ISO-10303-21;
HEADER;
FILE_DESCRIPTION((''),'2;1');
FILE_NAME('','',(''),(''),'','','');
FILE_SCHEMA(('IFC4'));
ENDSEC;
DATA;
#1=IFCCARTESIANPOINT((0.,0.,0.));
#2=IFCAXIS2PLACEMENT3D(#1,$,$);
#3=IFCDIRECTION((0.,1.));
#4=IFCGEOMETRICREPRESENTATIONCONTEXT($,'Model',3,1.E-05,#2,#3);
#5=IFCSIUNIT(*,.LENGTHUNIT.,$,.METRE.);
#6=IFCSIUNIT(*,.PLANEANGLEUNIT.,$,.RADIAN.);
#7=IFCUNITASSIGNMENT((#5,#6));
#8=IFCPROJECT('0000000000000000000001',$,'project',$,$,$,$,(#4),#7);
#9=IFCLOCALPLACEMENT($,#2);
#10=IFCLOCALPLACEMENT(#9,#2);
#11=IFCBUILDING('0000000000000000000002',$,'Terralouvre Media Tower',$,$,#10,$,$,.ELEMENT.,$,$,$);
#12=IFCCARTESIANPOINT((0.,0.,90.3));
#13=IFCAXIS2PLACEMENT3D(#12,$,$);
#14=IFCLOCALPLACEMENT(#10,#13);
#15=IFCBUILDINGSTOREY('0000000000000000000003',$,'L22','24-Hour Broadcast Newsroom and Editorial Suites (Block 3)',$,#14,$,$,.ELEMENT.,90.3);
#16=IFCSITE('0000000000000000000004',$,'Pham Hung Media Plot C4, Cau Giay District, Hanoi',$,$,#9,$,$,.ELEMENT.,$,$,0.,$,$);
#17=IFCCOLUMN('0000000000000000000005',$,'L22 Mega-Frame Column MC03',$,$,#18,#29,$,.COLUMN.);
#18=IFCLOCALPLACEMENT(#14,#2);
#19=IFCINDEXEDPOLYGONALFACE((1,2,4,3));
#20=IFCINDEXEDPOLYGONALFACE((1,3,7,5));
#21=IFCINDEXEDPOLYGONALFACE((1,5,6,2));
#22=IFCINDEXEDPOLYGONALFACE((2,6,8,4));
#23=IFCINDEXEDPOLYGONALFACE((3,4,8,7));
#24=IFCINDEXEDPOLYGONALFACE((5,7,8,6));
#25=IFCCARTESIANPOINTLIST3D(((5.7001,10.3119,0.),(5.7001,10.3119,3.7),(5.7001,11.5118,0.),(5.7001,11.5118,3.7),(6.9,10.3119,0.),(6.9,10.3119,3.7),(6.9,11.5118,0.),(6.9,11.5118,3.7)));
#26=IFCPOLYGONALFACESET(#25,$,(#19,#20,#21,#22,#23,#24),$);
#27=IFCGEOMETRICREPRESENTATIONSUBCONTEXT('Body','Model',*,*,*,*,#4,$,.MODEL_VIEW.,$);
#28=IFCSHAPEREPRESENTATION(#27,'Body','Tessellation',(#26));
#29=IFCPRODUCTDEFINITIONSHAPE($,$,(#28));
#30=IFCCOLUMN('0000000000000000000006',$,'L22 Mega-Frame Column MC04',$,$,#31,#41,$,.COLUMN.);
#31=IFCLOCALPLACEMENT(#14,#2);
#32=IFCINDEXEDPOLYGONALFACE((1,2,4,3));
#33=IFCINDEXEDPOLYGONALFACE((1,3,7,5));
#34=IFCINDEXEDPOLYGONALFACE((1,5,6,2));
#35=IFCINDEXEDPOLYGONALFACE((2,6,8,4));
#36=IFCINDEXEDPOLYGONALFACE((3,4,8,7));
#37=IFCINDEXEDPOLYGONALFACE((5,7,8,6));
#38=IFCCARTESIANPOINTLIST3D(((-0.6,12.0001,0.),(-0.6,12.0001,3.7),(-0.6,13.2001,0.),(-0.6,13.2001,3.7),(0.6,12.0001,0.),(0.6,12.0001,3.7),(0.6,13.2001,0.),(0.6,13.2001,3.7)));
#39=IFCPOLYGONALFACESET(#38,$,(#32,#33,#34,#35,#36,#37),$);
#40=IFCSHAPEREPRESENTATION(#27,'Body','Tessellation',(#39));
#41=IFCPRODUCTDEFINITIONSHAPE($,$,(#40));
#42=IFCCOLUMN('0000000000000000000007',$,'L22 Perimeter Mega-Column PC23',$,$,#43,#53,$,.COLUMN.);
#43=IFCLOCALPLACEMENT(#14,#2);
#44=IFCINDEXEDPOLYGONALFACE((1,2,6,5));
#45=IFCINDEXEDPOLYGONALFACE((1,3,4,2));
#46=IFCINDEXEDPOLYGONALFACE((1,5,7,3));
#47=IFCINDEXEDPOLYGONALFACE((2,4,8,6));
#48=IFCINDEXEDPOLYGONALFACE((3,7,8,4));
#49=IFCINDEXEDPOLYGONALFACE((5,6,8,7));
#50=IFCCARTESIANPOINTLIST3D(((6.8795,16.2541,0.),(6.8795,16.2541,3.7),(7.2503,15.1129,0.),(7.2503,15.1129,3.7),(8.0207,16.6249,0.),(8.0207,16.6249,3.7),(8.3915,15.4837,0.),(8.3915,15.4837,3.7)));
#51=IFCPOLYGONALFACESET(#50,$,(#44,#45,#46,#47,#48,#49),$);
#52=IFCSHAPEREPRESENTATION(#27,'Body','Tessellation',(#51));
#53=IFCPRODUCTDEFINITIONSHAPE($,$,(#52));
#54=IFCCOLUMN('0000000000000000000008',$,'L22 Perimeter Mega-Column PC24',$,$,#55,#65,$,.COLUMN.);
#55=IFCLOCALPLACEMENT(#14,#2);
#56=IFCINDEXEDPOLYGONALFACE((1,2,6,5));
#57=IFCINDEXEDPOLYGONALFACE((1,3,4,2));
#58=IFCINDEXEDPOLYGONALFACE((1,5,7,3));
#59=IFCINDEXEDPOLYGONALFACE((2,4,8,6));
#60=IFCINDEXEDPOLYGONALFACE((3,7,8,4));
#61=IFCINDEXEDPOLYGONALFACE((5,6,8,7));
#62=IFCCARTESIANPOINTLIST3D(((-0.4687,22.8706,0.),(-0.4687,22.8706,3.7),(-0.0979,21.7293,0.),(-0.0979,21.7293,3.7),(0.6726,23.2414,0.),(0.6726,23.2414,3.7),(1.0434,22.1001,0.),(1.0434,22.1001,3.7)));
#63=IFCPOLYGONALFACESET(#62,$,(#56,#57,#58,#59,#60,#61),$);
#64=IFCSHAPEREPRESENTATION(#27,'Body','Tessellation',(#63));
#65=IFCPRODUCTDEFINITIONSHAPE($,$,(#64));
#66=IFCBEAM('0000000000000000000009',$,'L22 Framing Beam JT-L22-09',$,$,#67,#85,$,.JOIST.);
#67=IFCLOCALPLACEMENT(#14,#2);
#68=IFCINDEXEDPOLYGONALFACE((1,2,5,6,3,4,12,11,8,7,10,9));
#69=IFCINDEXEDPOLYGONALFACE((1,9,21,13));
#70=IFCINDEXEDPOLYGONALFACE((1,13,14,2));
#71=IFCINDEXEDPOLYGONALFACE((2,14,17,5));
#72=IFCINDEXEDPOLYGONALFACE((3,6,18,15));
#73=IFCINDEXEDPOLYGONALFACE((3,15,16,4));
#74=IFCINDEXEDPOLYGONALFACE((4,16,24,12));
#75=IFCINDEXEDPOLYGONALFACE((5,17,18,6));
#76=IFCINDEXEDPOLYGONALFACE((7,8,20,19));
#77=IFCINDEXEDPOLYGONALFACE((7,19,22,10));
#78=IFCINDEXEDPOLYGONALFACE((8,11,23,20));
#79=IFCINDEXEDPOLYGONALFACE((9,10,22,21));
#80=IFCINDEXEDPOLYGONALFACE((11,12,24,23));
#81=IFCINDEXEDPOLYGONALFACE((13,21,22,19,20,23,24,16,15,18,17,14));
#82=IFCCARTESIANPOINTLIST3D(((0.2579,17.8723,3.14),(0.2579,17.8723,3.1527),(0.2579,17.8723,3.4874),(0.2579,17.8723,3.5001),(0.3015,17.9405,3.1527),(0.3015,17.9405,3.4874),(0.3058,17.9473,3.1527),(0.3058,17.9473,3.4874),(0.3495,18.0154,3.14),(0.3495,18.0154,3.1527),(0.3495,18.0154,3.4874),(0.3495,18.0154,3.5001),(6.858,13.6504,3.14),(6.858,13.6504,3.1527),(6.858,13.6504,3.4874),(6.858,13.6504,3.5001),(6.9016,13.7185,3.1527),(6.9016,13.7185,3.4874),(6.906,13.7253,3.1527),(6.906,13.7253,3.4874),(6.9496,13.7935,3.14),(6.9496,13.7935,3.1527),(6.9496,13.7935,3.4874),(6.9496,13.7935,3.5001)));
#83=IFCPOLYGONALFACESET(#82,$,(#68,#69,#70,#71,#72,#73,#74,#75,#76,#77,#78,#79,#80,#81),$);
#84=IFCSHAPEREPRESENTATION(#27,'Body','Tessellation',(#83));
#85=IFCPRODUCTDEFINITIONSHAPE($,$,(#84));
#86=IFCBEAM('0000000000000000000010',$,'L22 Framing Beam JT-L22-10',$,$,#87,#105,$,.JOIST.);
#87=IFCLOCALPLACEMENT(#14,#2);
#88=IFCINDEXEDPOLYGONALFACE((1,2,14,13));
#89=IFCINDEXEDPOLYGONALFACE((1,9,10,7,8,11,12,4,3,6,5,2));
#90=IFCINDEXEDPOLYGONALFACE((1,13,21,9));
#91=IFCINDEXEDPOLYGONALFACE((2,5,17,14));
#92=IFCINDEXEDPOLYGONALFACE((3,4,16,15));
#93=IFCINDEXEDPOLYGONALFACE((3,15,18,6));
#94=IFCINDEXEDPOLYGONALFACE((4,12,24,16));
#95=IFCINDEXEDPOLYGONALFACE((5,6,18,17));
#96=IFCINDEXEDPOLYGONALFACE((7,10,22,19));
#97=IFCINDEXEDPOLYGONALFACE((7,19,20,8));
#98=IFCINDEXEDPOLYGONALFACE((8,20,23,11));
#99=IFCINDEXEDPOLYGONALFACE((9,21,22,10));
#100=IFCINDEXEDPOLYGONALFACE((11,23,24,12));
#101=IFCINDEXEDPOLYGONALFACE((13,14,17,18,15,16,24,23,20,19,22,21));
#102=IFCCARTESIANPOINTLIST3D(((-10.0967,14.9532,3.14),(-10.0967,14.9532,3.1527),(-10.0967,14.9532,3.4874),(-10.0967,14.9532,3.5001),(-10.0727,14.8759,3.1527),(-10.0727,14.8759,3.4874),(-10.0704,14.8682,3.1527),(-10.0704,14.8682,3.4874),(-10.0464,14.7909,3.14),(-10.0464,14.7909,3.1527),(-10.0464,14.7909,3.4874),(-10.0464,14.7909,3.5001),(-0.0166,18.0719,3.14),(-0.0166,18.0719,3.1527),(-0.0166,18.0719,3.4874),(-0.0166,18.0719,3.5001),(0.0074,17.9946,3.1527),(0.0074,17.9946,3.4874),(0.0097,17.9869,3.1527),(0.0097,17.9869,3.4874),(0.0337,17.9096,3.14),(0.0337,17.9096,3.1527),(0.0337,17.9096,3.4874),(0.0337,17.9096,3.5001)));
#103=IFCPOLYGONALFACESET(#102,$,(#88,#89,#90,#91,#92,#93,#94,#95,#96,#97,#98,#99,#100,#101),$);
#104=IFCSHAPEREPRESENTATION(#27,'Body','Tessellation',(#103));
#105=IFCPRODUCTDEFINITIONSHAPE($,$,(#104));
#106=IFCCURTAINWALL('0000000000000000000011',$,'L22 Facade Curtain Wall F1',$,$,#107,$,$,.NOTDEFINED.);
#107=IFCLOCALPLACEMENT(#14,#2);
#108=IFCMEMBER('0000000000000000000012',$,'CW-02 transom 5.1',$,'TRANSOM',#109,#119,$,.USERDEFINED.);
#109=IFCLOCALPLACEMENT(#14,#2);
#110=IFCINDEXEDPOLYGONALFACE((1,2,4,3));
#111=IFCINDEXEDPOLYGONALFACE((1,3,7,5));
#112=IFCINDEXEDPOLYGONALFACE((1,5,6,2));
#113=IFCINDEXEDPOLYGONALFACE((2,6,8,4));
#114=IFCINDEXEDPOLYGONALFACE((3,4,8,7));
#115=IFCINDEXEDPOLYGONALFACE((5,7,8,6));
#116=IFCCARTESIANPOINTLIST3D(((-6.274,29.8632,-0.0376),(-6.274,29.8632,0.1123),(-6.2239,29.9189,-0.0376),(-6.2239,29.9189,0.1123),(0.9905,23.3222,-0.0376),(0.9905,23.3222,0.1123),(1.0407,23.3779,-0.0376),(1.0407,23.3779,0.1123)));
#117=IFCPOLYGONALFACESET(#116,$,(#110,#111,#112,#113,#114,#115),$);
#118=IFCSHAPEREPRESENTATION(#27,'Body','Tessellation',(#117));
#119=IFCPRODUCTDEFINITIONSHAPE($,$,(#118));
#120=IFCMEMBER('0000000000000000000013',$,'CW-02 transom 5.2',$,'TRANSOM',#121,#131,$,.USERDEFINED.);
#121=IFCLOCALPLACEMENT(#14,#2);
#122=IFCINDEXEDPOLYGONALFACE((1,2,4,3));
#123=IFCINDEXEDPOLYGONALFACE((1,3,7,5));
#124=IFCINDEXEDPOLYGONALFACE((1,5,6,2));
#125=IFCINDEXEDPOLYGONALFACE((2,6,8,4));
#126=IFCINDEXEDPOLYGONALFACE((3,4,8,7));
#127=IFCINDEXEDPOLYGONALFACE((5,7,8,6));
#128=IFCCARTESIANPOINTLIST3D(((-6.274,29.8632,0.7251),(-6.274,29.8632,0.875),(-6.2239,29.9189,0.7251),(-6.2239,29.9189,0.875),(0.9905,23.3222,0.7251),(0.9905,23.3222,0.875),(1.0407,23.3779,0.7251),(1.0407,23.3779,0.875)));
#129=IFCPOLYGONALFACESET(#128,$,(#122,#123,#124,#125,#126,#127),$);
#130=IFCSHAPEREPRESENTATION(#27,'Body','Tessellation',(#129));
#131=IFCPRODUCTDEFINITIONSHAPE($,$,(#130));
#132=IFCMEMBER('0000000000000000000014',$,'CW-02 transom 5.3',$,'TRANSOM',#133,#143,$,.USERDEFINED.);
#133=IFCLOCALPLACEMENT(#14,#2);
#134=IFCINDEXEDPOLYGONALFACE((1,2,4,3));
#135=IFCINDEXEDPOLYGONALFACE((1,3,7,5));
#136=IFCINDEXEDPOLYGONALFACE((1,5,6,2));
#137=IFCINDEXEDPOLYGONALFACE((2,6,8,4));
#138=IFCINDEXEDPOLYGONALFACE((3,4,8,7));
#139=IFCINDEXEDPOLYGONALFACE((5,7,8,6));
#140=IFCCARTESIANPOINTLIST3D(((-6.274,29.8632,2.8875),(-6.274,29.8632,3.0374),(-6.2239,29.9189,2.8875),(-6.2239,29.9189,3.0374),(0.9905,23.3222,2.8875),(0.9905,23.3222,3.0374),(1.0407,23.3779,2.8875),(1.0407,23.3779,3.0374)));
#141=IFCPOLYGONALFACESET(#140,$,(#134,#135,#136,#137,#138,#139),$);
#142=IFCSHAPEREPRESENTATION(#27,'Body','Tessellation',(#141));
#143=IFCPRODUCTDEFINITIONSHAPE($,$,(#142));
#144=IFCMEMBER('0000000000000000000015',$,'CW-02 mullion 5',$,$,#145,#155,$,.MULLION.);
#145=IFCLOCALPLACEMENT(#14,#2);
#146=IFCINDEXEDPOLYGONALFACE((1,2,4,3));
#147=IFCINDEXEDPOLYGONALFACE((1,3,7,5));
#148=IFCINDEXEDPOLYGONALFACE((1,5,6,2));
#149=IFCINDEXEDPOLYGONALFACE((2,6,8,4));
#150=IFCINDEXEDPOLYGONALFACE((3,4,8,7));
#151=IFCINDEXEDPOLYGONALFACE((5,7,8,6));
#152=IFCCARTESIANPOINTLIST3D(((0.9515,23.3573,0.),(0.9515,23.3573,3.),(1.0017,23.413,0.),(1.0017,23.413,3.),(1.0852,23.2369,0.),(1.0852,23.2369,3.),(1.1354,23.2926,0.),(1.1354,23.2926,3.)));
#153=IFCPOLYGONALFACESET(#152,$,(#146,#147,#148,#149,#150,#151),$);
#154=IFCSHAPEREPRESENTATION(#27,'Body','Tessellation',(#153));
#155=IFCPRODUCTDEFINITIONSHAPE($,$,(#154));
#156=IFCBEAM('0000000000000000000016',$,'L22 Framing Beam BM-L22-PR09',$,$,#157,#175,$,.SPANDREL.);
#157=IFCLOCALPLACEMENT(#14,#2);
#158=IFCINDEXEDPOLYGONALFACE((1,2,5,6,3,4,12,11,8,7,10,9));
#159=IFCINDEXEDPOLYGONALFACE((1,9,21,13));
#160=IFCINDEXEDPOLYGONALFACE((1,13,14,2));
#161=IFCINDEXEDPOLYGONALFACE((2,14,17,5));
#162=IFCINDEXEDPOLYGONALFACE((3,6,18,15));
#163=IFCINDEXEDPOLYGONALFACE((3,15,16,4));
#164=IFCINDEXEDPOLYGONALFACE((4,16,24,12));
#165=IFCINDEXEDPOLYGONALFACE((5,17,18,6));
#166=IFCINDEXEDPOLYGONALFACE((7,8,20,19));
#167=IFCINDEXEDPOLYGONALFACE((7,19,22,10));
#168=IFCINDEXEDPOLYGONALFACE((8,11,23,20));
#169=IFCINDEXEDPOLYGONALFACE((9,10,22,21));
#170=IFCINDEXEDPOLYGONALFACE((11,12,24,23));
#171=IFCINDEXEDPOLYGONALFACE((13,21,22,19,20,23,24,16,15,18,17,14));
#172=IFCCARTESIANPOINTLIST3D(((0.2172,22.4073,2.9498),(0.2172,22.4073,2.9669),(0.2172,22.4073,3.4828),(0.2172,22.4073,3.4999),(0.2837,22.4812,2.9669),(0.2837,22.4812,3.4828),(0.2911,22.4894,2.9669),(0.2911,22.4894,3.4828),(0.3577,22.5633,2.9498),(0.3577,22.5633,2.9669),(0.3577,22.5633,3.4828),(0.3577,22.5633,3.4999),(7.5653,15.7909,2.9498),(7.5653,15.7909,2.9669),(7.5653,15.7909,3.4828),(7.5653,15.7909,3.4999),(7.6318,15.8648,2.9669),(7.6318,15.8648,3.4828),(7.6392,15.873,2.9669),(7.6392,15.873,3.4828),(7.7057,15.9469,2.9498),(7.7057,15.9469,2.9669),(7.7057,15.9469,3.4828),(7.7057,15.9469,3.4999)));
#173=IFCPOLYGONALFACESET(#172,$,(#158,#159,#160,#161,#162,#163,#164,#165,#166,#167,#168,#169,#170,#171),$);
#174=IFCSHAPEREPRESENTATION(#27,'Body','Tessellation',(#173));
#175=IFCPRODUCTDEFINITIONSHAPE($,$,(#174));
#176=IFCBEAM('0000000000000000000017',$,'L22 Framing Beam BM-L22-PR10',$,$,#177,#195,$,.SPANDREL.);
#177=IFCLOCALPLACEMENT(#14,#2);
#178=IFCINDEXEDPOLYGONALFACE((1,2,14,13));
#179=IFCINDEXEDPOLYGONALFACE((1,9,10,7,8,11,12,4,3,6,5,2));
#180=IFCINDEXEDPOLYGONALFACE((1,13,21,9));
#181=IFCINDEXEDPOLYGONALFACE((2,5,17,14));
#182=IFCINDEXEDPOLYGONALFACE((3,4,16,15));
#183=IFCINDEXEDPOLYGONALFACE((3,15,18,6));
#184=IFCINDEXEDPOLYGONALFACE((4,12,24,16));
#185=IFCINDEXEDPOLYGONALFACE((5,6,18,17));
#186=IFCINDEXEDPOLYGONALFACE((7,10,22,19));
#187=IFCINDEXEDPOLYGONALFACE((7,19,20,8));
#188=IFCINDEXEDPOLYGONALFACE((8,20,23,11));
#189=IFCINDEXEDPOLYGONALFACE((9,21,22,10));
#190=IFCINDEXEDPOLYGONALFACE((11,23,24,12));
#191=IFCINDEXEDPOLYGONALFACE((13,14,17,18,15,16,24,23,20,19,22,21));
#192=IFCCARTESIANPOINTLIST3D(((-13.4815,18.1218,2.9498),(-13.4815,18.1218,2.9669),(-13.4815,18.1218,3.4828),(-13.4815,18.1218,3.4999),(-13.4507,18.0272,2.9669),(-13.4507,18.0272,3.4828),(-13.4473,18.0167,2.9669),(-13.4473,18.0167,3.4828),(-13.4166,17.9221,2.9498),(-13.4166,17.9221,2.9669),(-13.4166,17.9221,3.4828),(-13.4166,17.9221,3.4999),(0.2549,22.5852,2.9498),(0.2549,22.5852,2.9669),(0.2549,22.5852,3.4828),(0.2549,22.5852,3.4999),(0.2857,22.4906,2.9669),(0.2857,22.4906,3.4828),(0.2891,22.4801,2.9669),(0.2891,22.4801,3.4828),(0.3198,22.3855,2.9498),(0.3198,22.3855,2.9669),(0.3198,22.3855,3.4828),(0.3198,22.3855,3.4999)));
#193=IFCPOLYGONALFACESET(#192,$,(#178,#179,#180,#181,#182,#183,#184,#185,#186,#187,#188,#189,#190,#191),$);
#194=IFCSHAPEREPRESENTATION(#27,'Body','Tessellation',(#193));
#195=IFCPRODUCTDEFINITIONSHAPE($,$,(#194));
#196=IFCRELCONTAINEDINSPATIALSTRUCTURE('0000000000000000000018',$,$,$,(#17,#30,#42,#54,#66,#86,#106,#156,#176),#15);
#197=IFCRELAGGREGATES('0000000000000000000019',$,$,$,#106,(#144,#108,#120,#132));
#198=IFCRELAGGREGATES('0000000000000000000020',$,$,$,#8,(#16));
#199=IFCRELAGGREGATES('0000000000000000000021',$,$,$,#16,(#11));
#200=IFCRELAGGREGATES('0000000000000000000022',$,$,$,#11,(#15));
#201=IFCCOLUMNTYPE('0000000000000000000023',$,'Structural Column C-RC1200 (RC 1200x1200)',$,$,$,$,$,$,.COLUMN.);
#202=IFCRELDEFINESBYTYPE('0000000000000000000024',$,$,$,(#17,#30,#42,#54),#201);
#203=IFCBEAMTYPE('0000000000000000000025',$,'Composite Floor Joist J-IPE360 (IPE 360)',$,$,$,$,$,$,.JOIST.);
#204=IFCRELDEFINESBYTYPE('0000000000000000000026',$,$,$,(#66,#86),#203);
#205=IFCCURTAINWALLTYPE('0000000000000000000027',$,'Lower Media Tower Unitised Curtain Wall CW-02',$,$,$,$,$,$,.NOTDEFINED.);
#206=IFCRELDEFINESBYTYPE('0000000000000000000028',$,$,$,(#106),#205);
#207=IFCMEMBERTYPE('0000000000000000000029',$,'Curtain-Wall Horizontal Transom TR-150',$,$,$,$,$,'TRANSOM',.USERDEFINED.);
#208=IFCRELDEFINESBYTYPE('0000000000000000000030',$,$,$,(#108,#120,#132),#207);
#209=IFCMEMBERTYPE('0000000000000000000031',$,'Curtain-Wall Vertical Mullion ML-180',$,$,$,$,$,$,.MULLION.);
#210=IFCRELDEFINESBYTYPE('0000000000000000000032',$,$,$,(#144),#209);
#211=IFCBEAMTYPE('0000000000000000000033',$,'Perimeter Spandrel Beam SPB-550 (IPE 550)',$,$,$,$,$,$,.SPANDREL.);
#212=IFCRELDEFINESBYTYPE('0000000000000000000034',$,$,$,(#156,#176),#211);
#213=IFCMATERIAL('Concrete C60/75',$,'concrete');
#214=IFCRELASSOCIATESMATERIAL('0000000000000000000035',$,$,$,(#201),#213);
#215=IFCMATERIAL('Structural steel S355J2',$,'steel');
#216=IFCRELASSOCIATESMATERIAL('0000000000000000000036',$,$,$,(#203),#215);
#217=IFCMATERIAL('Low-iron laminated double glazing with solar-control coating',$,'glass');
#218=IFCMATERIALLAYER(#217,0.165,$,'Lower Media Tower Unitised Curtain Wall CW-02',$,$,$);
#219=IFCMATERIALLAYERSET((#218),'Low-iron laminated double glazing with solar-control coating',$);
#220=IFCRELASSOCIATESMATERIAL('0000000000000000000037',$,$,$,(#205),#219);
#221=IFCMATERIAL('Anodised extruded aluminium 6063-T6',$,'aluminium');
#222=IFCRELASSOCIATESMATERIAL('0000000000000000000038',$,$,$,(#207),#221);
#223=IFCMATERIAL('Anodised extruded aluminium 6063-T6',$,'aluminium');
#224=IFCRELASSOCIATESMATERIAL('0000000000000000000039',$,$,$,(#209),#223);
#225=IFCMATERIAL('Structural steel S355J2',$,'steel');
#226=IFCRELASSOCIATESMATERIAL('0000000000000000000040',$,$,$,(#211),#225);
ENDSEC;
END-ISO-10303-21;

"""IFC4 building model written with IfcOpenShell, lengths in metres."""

from ifc_helpers import new_model, si_unit, direction, frame, origin, origin_2d, place, context, subcontext, project, spatial, rectangle, i_section, extrude, material, layer, layer_set, material_profile, profile_set, type_object, element, aggregate, save


model = new_model("IFC4")

# Units and contexts
model_context = context("Model", 3, precision=1e-05, world=origin(), true_north=direction((0.0, 1.0)))
body_context = subcontext(model_context, "Body", "Model", "MODEL_VIEW")
ifc_project = project(units=[si_unit("LENGTHUNIT", "METRE"), si_unit("PLANEANGLEUNIT", "RADIAN")], contexts=[model_context])

# Site, building, storey
site_placement = place(None, origin())
site = spatial("IfcSite", under=ifc_project, at=site_placement, Name="Pham Hung Media Plot C4, Cau Giay District, Hanoi", CompositionType="ELEMENT", RefElevation=0.0)
building_placement = place(site_placement, origin())
building = spatial("IfcBuilding", under=site, at=building_placement, Name="Terralouvre Media Tower", CompositionType="ELEMENT")
storey_placement = place(building_placement, frame((0.0, 0.0, 90.3)))
storey = spatial("IfcBuildingStorey", under=building, at=storey_placement, Name="L22", Description="24-Hour Broadcast Newsroom and Editorial Suites (Block 3)", CompositionType="ELEMENT", Elevation=90.3)

# Columns
ifc_material_1 = material(Name="Concrete C60/75", Category="concrete")
ifc_material_profile_1 = material_profile(ifc_material_1, rectangle(XDim=1.2, YDim=1.2, at=origin_2d()), Name="RC 1200x1200")
ifc_profile_set_1 = profile_set([ifc_material_profile_1], Name="Concrete C60/75")
column_type = type_object("IfcColumnType", Name="Structural Column C-RC1200 (RC 1200x1200)", PredefinedType="COLUMN", material=ifc_profile_set_1)
for number, where, z_axis, x_axis, name in (
    (1, (6.3, 10.9119, 0.0), (0.0, 0.0, 1.0), (1.0, 0.0, 0.0), "L22 Mega-Frame Column MC03"),
    (2, (0.0, 12.6001, 0.0), (0.0, 0.0, 1.0), (1.0, 0.0, 0.0), "L22 Mega-Frame Column MC04"),
    (3, (7.6355, 15.8689, 0.0), (0.0, 0.0, 1.0), (0.951057, 0.309017, 0.0), "L22 Perimeter Mega-Column PC23"),
    (4, (0.2874, 22.4854, 0.0), (0.0, 0.0, 1.0), (0.951057, 0.309017, 0.0), "L22 Perimeter Mega-Column PC24"),
):
    element("IfcColumn", number, at=place(storey_placement, frame(where, z_axis=z_axis, x_axis=x_axis)), inside=storey, type_object=column_type, Name=name, PredefinedType="COLUMN", context=body_context, shape_type="SweptSolid", body=[
        extrude(rectangle(XDim=1.2, YDim=1.2, at=origin_2d()), origin(), (0.0, 0.0, 1.0), 3.7),
    ])

# Beams
ifc_material_2 = material(Name="Structural steel S355J2", Category="steel")
ifc_material_profile_2 = material_profile(ifc_material_2, i_section(OverallWidth=0.1699, OverallDepth=0.3601, WebThickness=0.0081, FlangeThickness=0.0127, at=origin_2d()), Name="IPE 360")
ifc_profile_set_2 = profile_set([ifc_material_profile_2], Name="Structural steel S355J2")
beam_type_1 = type_object("IfcBeamType", Name="Composite Floor Joist J-IPE360 (IPE 360)", PredefinedType="JOIST", material=ifc_profile_set_2)
beam_1_placement = place(storey_placement, frame((6.9038, 13.7219, 3.3201), z_axis=(-0.842395, 0.53886, 0.0), x_axis=(-0.53886, -0.842395, 0.0)))
element("IfcBeam", 5, at=beam_1_placement, inside=storey, type_object=beam_type_1, Name="L22 Framing Beam JT-L22-09", PredefinedType="JOIST", context=body_context, shape_type="SweptSolid", body=[
    extrude(i_section(OverallWidth=0.1699, OverallDepth=0.3601, WebThickness=0.0081, FlangeThickness=0.0127, at=origin_2d()), origin(), (0.0, 0.0, 1.0), 7.835),
])
beam_2_placement = place(storey_placement, frame((0.0085, 17.9907, 3.3201), z_axis=(-0.955323, -0.295565, 0.0), x_axis=(0.295565, -0.955323, 0.0)))
element("IfcBeam", 6, at=beam_2_placement, inside=storey, type_object=beam_type_1, Name="L22 Framing Beam JT-L22-10", PredefinedType="JOIST", context=body_context, shape_type="SweptSolid", body=[
    extrude(i_section(OverallWidth=0.1699, OverallDepth=0.3601, WebThickness=0.0081, FlangeThickness=0.0127, at=origin_2d()), origin(), (0.0, 0.0, 1.0), 10.5515),
])

# Curtain wall, members
ifc_material_3 = material(Name="Low-iron laminated double glazing with solar-control coating", Category="glass")
ifc_layer_1 = layer(ifc_material_3, 0.165, Name="Lower Media Tower Unitised Curtain Wall CW-02")
ifc_layer_set_1 = layer_set([ifc_layer_1], Name="Low-iron laminated double glazing with solar-control coating")
curtain_wall_type = type_object("IfcCurtainWallType", Name="Lower Media Tower Unitised Curtain Wall CW-02", PredefinedType="NOTDEFINED", material=ifc_layer_set_1)
curtain_wall_placement = place(storey_placement, origin())
curtain_wall = element("IfcCurtainWall", 7, at=curtain_wall_placement, inside=storey, type_object=curtain_wall_type, Name="L22 Facade Curtain Wall F1", PredefinedType="NOTDEFINED")
ifc_material_4 = material(Name="Anodised extruded aluminium 6063-T6", Category="aluminium")
ifc_material_profile_3 = material_profile(ifc_material_4, rectangle(XDim=0.075, YDim=0.1499, at=origin_2d()), Name="ALU 75x150")
ifc_profile_set_3 = profile_set([ifc_material_profile_3], Name="Anodised extruded aluminium 6063-T6")
member_type_1 = type_object("IfcMemberType", Name="Curtain-Wall Horizontal Transom TR-150", ElementType="TRANSOM", PredefinedType="USERDEFINED", material=ifc_profile_set_3)
member_1_placement = place(storey_placement, frame((1.0156, 23.3501, 0.0374), z_axis=(-0.74315, 0.669125, 0.0), x_axis=(-0.669125, -0.74315, 0.0)))
member_1 = element("IfcMember", 8, at=member_1_placement, type_object=member_type_1, Name="CW-02 transom 5.1", ObjectType="TRANSOM", PredefinedType="USERDEFINED", context=body_context, shape_type="SweptSolid", body=[
    extrude(rectangle(XDim=0.075, YDim=0.1499, at=origin_2d()), origin(), (0.0, 0.0, 1.0), 9.7754),
])
member_2_placement = place(storey_placement, frame((1.0156, 23.3501, 0.8), z_axis=(-0.74315, 0.669125, 0.0), x_axis=(-0.669125, -0.74315, 0.0)))
member_2 = element("IfcMember", 9, at=member_2_placement, type_object=member_type_1, Name="CW-02 transom 5.2", ObjectType="TRANSOM", PredefinedType="USERDEFINED", context=body_context, shape_type="SweptSolid", body=[
    extrude(rectangle(XDim=0.075, YDim=0.1499, at=origin_2d()), origin(), (0.0, 0.0, 1.0), 9.7754),
])
member_3_placement = place(storey_placement, frame((1.0156, 23.3501, 2.9624), z_axis=(-0.74315, 0.669125, 0.0), x_axis=(-0.669125, -0.74315, 0.0)))
member_3 = element("IfcMember", 10, at=member_3_placement, type_object=member_type_1, Name="CW-02 transom 5.3", ObjectType="TRANSOM", PredefinedType="USERDEFINED", context=body_context, shape_type="SweptSolid", body=[
    extrude(rectangle(XDim=0.075, YDim=0.1499, at=origin_2d()), origin(), (0.0, 0.0, 1.0), 9.7754),
])
ifc_material_5 = material(Name="Anodised extruded aluminium 6063-T6", Category="aluminium")
ifc_material_profile_4 = material_profile(ifc_material_5, rectangle(XDim=0.075, YDim=0.1799, at=origin_2d()), Name="ALU 75x180")
ifc_profile_set_4 = profile_set([ifc_material_profile_4], Name="Anodised extruded aluminium 6063-T6")
member_type_2 = type_object("IfcMemberType", Name="Curtain-Wall Vertical Mullion ML-180", PredefinedType="MULLION", material=ifc_profile_set_4)
member_4_placement = place(storey_placement, frame((1.0435, 23.325, 0.0), z_axis=(0.0, 0.0, 1.0), x_axis=(-0.669131, -0.743145, 0.0)))
member_4 = element("IfcMember", 11, at=member_4_placement, type_object=member_type_2, Name="CW-02 mullion 5", PredefinedType="MULLION", context=body_context, shape_type="SweptSolid", body=[
    extrude(rectangle(XDim=0.075, YDim=0.1799, at=origin_2d()), origin(), (0.0, 0.0, 1.0), 3.0),
])

# Beams
ifc_material_6 = material(Name="Structural steel S355J2", Category="steel")
ifc_material_profile_5 = material_profile(ifc_material_6, i_section(OverallWidth=0.21, OverallDepth=0.55, WebThickness=0.011, FlangeThickness=0.0171, at=origin_2d()), Name="IPE 550")
ifc_profile_set_5 = profile_set([ifc_material_profile_5], Name="Structural steel S355J2")
beam_type_2 = type_object("IfcBeamType", Name="Perimeter Spandrel Beam SPB-550 (IPE 550)", PredefinedType="SPANDREL", material=ifc_profile_set_5)
beam_3_placement = place(storey_placement, frame((7.6355, 15.8689, 3.2249), z_axis=(-0.743137, 0.669139, 0.0), x_axis=(-0.669139, -0.743137, 0.0)))
element("IfcBeam", 12, at=beam_3_placement, inside=storey, type_object=beam_type_2, Name="L22 Framing Beam BM-L22-PR09", PredefinedType="SPANDREL", context=body_context, shape_type="SweptSolid", body=[
    extrude(i_section(OverallWidth=0.21, OverallDepth=0.55, WebThickness=0.011, FlangeThickness=0.0171, at=origin_2d()), origin(), (0.0, 0.0, 1.0), 9.8879),
])
beam_4_placement = place(storey_placement, frame((0.2874, 22.4854, 3.2249), z_axis=(-0.951053, -0.309028, 0.0), x_axis=(0.309028, -0.951053, 0.0)))
element("IfcBeam", 13, at=beam_4_placement, inside=storey, type_object=beam_type_2, Name="L22 Framing Beam BM-L22-PR10", PredefinedType="SPANDREL", context=body_context, shape_type="SweptSolid", body=[
    extrude(i_section(OverallWidth=0.21, OverallDepth=0.55, WebThickness=0.011, FlangeThickness=0.0171, at=origin_2d()), origin(), (0.0, 0.0, 1.0), 14.4434),
])

aggregate(curtain_wall, [member_4, member_1, member_2, member_3])

save(model, "model.ifc")
